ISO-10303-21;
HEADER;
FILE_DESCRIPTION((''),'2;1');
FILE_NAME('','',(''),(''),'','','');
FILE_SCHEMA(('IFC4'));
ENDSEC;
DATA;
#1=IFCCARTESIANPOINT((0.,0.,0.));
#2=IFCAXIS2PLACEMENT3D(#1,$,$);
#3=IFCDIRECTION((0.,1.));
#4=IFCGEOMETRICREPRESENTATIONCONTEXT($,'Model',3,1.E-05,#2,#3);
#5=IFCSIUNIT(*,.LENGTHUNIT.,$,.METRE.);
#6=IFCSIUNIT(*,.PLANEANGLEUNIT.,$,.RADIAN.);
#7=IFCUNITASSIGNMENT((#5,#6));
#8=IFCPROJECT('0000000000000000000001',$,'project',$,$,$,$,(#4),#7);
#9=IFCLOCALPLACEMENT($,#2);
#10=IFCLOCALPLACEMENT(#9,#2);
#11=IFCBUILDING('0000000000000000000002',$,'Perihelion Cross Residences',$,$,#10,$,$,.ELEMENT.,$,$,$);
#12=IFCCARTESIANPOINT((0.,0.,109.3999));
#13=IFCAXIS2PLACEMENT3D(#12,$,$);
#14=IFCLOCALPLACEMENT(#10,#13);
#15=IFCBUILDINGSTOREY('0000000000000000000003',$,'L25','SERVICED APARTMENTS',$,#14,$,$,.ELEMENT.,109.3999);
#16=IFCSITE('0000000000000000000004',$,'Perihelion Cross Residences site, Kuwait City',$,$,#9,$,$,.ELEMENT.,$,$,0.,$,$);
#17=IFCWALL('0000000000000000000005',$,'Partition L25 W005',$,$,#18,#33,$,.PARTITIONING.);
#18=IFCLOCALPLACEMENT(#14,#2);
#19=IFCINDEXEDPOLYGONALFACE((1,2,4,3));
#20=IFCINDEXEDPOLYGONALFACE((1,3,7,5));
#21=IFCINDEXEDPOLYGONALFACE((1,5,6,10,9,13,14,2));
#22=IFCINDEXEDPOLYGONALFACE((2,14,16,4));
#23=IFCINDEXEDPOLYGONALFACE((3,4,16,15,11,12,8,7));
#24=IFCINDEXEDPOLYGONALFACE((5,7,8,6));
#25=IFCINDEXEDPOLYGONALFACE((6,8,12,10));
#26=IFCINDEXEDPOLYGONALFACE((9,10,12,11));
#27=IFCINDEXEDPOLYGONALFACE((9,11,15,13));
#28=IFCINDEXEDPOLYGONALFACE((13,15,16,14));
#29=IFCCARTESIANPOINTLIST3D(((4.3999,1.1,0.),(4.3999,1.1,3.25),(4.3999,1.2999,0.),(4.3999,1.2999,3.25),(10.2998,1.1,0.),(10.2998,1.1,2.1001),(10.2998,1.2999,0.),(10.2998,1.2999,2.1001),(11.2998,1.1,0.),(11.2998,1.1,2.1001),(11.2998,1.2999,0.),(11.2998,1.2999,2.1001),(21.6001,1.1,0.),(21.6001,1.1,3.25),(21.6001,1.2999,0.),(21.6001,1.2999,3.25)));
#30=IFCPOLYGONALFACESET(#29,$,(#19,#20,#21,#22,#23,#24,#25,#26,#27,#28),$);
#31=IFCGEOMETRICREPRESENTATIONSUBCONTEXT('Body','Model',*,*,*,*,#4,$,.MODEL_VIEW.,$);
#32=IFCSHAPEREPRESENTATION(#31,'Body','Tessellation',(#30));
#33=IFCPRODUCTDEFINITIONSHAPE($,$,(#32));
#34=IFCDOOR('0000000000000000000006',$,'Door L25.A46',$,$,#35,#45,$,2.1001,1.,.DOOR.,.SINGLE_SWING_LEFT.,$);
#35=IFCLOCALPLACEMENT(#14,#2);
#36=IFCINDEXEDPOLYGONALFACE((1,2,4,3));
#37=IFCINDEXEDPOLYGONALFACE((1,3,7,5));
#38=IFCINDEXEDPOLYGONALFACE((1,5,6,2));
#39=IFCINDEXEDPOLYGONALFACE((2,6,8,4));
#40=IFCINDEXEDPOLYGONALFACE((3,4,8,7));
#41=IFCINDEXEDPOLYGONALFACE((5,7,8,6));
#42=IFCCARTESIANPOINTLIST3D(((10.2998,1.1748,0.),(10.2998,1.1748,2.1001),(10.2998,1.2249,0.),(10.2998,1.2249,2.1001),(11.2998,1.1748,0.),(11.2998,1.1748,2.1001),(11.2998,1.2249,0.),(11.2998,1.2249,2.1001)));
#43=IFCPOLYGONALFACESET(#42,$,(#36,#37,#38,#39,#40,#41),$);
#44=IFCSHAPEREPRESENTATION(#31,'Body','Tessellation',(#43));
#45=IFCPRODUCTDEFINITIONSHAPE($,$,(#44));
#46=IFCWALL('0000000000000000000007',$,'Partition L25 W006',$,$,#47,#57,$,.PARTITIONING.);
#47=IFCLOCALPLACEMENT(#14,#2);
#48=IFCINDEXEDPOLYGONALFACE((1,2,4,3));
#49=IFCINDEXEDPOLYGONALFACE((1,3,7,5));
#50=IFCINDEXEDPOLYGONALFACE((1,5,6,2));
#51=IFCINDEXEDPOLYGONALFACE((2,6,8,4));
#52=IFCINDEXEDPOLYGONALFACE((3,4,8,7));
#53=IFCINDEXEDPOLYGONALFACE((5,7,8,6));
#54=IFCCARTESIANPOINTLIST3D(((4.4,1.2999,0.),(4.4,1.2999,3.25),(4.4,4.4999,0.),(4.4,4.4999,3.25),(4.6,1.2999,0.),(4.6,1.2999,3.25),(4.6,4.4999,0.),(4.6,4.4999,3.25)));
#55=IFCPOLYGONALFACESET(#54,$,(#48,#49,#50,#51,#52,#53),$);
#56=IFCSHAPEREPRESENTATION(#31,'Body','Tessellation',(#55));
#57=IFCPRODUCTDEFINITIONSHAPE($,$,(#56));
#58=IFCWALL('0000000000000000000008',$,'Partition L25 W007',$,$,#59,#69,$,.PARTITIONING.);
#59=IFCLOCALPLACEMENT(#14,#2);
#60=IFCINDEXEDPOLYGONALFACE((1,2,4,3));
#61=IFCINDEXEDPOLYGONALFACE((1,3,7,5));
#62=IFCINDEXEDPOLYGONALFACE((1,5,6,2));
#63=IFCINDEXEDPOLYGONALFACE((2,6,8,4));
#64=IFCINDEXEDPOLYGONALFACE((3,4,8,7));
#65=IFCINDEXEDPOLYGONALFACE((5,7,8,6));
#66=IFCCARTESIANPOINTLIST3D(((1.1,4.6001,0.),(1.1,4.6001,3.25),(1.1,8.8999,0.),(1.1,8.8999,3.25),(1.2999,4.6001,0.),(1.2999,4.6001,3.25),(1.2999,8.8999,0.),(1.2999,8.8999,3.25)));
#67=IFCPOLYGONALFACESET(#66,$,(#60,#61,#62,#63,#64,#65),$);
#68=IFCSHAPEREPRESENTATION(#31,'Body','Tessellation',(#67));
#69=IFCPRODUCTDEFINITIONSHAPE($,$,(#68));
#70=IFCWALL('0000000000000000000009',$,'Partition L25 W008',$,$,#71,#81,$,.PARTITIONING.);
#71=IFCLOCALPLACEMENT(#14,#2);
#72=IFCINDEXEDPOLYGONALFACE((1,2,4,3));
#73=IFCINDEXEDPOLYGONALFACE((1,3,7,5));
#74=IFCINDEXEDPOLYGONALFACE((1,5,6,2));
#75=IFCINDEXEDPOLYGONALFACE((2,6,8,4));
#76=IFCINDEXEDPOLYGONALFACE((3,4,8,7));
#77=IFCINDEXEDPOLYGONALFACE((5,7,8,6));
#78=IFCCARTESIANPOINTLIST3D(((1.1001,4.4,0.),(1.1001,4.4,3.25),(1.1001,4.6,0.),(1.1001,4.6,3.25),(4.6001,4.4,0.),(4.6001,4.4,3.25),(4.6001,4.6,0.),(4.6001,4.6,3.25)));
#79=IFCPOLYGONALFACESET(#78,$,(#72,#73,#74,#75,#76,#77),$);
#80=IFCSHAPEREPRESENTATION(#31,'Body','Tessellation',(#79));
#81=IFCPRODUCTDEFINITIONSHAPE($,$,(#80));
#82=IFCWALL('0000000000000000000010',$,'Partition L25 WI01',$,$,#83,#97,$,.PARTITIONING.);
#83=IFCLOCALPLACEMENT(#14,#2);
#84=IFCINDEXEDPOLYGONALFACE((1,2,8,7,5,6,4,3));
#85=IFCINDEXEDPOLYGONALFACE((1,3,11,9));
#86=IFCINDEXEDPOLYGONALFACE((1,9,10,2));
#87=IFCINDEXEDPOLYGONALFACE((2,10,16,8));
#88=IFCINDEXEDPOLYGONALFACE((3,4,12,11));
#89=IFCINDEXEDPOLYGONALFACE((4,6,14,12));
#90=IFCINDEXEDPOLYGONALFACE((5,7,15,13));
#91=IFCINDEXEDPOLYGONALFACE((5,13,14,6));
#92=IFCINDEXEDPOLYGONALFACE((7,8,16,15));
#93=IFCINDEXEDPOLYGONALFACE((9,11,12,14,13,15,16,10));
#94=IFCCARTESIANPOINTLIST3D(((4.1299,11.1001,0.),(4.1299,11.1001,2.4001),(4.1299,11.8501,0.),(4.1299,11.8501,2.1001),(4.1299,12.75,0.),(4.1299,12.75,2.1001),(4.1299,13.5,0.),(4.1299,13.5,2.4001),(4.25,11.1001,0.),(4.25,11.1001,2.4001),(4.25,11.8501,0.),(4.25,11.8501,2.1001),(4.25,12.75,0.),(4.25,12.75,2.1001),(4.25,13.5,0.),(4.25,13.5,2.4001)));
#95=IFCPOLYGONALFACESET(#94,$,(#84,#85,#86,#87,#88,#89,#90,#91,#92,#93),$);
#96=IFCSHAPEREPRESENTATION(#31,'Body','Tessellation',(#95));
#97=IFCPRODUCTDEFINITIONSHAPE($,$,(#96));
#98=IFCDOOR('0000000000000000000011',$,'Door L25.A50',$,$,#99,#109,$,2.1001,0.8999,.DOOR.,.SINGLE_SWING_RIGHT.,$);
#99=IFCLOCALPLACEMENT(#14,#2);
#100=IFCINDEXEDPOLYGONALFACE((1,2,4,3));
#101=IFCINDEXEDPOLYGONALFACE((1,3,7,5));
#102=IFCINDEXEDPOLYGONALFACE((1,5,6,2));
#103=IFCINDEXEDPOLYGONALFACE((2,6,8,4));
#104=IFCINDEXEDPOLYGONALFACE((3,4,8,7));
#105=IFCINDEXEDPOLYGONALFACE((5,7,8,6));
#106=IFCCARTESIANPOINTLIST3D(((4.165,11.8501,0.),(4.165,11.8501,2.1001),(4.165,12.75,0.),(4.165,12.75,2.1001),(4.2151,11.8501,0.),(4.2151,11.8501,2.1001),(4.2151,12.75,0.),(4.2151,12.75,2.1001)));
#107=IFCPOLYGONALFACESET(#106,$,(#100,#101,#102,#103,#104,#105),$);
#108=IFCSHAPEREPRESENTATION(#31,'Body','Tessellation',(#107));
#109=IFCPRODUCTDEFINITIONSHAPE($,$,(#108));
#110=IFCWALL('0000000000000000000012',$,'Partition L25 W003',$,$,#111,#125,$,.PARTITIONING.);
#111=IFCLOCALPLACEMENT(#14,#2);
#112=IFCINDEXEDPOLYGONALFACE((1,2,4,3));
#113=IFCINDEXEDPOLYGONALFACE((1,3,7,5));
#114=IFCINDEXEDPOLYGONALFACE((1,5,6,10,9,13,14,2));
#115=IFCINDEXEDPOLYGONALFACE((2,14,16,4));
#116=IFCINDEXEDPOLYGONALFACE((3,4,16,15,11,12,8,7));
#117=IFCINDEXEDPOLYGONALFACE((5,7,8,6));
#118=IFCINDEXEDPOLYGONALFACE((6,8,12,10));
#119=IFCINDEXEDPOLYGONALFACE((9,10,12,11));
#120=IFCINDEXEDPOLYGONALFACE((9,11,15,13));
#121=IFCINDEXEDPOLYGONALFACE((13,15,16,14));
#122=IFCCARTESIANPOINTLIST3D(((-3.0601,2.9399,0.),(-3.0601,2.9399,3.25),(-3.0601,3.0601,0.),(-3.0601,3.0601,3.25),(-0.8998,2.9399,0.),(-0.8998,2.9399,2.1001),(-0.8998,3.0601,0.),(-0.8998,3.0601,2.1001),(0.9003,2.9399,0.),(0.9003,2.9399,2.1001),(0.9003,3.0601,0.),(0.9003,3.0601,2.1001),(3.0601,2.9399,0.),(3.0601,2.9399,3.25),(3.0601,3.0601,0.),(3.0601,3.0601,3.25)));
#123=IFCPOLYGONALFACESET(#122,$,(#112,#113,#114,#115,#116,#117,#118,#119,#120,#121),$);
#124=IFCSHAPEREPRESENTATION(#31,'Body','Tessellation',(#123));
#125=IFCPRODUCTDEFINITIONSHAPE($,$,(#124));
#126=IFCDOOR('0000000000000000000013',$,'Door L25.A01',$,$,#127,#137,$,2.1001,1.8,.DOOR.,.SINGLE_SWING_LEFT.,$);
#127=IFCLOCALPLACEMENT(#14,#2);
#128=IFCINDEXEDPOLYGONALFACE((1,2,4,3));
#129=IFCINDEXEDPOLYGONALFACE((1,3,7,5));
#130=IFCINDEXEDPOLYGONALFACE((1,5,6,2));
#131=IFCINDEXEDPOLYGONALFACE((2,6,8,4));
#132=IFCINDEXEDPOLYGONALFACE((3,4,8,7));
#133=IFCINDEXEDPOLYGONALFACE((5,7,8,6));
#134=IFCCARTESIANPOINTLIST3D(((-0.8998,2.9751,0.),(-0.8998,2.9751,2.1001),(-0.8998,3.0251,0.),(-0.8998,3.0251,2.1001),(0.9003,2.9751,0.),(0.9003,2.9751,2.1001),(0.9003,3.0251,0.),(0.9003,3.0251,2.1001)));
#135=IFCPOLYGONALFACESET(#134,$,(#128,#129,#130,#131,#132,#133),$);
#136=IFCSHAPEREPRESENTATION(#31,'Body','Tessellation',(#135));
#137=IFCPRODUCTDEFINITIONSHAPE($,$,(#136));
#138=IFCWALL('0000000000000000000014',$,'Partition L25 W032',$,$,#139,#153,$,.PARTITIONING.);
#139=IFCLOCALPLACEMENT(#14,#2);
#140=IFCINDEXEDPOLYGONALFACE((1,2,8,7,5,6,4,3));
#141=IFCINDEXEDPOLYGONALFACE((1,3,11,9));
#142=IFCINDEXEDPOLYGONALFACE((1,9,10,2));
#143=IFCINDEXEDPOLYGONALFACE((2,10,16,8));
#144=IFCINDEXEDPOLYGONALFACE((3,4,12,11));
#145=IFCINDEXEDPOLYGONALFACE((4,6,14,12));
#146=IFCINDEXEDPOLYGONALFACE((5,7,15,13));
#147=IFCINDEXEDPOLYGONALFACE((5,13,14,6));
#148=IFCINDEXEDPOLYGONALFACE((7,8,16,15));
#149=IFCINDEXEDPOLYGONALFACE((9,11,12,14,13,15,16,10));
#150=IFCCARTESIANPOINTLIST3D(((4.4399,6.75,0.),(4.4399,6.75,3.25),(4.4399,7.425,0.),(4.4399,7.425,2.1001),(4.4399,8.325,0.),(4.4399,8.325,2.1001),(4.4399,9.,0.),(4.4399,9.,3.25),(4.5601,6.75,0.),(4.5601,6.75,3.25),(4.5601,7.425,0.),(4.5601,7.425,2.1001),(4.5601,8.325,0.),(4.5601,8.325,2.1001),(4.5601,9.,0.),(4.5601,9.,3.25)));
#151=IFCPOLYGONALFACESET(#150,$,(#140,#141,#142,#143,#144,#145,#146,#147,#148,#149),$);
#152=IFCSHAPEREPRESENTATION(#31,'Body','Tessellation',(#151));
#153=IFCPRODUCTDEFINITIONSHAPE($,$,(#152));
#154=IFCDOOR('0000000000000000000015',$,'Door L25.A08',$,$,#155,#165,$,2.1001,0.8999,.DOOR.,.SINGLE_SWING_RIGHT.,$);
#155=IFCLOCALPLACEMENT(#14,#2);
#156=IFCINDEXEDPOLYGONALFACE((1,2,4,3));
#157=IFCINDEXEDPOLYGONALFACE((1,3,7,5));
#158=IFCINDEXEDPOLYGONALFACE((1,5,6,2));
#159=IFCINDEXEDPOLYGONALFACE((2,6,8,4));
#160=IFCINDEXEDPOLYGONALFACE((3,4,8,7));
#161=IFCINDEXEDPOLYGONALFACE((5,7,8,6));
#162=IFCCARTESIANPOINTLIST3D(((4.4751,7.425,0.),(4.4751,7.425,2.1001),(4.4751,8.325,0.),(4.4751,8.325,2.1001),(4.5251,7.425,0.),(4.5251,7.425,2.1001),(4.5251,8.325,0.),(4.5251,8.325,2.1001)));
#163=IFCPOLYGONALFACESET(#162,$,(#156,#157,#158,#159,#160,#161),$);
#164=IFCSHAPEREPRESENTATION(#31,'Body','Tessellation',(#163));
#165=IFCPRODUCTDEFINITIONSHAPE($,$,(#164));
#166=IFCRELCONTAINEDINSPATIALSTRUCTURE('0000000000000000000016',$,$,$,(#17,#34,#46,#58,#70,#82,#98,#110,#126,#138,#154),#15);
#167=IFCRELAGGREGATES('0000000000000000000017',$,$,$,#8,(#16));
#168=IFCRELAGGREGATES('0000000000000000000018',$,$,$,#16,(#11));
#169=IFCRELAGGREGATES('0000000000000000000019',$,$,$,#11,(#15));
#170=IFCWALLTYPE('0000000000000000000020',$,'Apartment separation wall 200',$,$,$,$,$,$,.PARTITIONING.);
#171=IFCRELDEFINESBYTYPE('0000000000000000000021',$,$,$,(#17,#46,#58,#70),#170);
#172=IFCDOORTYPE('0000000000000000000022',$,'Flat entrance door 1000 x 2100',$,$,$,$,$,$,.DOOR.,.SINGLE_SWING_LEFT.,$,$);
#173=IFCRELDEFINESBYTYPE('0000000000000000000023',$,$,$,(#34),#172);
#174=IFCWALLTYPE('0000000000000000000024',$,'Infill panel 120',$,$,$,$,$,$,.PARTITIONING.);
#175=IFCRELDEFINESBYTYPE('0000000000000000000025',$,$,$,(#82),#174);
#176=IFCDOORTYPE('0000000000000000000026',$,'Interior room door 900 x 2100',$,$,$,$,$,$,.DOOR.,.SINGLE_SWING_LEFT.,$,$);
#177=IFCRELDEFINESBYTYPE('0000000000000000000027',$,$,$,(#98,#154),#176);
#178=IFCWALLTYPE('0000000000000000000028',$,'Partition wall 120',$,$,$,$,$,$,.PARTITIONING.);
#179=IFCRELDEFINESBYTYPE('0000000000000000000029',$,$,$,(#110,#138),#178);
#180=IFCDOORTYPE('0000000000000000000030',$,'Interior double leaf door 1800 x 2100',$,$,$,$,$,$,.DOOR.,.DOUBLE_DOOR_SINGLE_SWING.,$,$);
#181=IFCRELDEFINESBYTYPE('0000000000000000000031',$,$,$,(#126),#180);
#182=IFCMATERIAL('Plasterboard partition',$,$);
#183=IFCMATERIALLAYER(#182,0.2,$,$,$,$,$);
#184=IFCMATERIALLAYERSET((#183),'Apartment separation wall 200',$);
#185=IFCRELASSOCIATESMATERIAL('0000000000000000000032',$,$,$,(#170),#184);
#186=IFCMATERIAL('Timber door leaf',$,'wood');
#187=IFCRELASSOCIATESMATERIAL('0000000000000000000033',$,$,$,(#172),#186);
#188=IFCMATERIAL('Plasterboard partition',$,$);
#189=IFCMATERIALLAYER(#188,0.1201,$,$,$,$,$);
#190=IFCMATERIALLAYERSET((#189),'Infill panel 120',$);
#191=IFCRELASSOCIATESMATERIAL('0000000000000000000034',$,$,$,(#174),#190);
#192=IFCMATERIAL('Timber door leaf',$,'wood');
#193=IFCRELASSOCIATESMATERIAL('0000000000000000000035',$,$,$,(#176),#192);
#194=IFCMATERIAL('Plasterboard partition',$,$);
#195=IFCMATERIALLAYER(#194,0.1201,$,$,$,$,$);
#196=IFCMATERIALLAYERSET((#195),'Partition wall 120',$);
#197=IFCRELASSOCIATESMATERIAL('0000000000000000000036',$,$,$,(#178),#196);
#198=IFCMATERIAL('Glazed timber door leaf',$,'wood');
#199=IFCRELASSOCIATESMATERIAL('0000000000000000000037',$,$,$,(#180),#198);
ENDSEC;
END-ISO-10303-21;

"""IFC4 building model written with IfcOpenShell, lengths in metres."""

from ifc_helpers import new_model, si_unit, direction, frame, frame_2d, origin, place, context, subcontext, project, spatial, rectangle, extrude, material, layer, layer_set, type_object, element, fill, save


model = new_model("IFC4")

# Units and contexts
model_context = context("Model", 3, precision=1e-05, world=origin(), true_north=direction((0.0, 1.0)))
body_context = subcontext(model_context, "Body", "Model", "MODEL_VIEW")
ifc_project = project(units=[si_unit("LENGTHUNIT", "METRE"), si_unit("PLANEANGLEUNIT", "RADIAN")], contexts=[model_context])

# Site, building, storey
site_placement = place(None, origin())
site = spatial("IfcSite", under=ifc_project, at=site_placement, Name="Perihelion Cross Residences site, Kuwait City", CompositionType="ELEMENT", RefElevation=0.0)
building_placement = place(site_placement, origin())
building = spatial("IfcBuilding", under=site, at=building_placement, Name="Perihelion Cross Residences", CompositionType="ELEMENT")
storey_placement = place(building_placement, frame((0.0, 0.0, 109.3999)))
storey = spatial("IfcBuildingStorey", under=building, at=storey_placement, Name="L25", Description="SERVICED APARTMENTS", CompositionType="ELEMENT", Elevation=109.3999)

# Wall, opening, door
ifc_material_1 = material(Name="Plasterboard partition")
ifc_layer_1 = layer(ifc_material_1, 0.2)
ifc_layer_set_1 = layer_set([ifc_layer_1], Name="Apartment separation wall 200")
wall_type_1 = type_object("IfcWallType", Name="Apartment separation wall 200", PredefinedType="PARTITIONING", material=ifc_layer_set_1)
wall_1_placement = place(storey_placement, frame((4.3999, 1.2, 0.0), z_axis=(0.0, 0.0, 1.0), x_axis=(1.0, 0.0, 0.0)))
wall_1 = element("IfcWall", 1, at=wall_1_placement, inside=storey, type_object=wall_type_1, Name="Partition L25 W005", PredefinedType="PARTITIONING", context=body_context, shape_type="SweptSolid", body=[
    extrude(rectangle(XDim=17.2002, YDim=0.2, at=frame_2d((8.6001, 0.0))), origin(), (0.0, 0.0, 1.0), 3.25),
])
opening_1_placement = place(wall_1_placement, frame((5.8999, 0.0, 0.0)))
opening_1 = element("IfcOpeningElement", 2, at=opening_1_placement, cuts=wall_1, PredefinedType="OPENING", context=body_context, shape_type="SweptSolid", body=[
    extrude(rectangle(XDim=1.0, YDim=2.1001, at=frame_2d((0.5, 1.05))), frame((0.0, 0.1099, 0.0), z_axis=(0.0, -1.0, 0.0), x_axis=(1.0, 0.0, 0.0)), (0.0, 0.0, 1.0), 0.22),
])
ifc_material_2 = material(Name="Timber door leaf", Category="wood")
door_type_1 = type_object("IfcDoorType", Name="Flat entrance door 1000 x 2100", OperationType="SINGLE_SWING_LEFT", PredefinedType="DOOR", material=ifc_material_2)
door_1_placement = place(opening_1_placement, origin())
door_1 = element("IfcDoor", 3, at=door_1_placement, inside=storey, type_object=door_type_1, Name="Door L25.A46", OperationType="SINGLE_SWING_LEFT", OverallHeight=2.1001, OverallWidth=1.0, PredefinedType="DOOR", context=body_context, shape_type="SweptSolid", body=[
    extrude(rectangle(XDim=1.0, YDim=2.1001, at=frame_2d((0.5, 1.05))), frame((0.0, 0.0249, 0.0), z_axis=(0.0, -1.0, 0.0), x_axis=(1.0, 0.0, 0.0)), (0.0, 0.0, 1.0), 0.05),
])
fill(opening_1, door_1)

# Walls
wall_2_placement = place(storey_placement, frame((4.5, 4.5, 0.0), z_axis=(0.0, 0.0, 1.0), x_axis=(0.0, -1.0, 0.0)))
element("IfcWall", 4, at=wall_2_placement, inside=storey, type_object=wall_type_1, Name="Partition L25 W006", PredefinedType="PARTITIONING", context=body_context, shape_type="SweptSolid", body=[
    extrude(rectangle(XDim=3.2, YDim=0.2, at=frame_2d((1.6001, 0.0))), origin(), (0.0, 0.0, 1.0), 3.25),
])
wall_3_placement = place(storey_placement, frame((1.2, 8.8999, 0.0), z_axis=(0.0, 0.0, 1.0), x_axis=(0.0, -1.0, 0.0)))
element("IfcWall", 5, at=wall_3_placement, inside=storey, type_object=wall_type_1, Name="Partition L25 W007", PredefinedType="PARTITIONING", context=body_context, shape_type="SweptSolid", body=[
    extrude(rectangle(XDim=4.2998, YDim=0.2, at=frame_2d((2.1499, 0.0))), origin(), (0.0, 0.0, 1.0), 3.25),
])
wall_4_placement = place(storey_placement, frame((1.1001, 4.5, 0.0), z_axis=(0.0, 0.0, 1.0), x_axis=(1.0, 0.0, 0.0)))
element("IfcWall", 6, at=wall_4_placement, inside=storey, type_object=wall_type_1, Name="Partition L25 W008", PredefinedType="PARTITIONING", context=body_context, shape_type="SweptSolid", body=[
    extrude(rectangle(XDim=3.5, YDim=0.2, at=frame_2d((1.75, 0.0))), origin(), (0.0, 0.0, 1.0), 3.25),
])

# Walls, openings, doors
ifc_material_3 = material(Name="Plasterboard partition")
ifc_layer_2 = layer(ifc_material_3, 0.1201)
ifc_layer_set_2 = layer_set([ifc_layer_2], Name="Infill panel 120")
wall_type_2 = type_object("IfcWallType", Name="Infill panel 120", PredefinedType="PARTITIONING", material=ifc_layer_set_2)
wall_5_placement = place(storey_placement, frame((4.1899, 11.1001, 0.0), z_axis=(0.0, 0.0, 1.0), x_axis=(0.0, 1.0, 0.0)))
wall_5 = element("IfcWall", 7, at=wall_5_placement, inside=storey, type_object=wall_type_2, Name="Partition L25 WI01", PredefinedType="PARTITIONING", context=body_context, shape_type="SweptSolid", body=[
    extrude(rectangle(XDim=2.3999, YDim=0.1201, at=frame_2d((1.2, 0.0))), origin(), (0.0, 0.0, 1.0), 2.4001),
])
opening_2_placement = place(wall_5_placement, frame((0.75, 0.0, 0.0)))
opening_2 = element("IfcOpeningElement", 8, at=opening_2_placement, cuts=wall_5, PredefinedType="OPENING", context=body_context, shape_type="SweptSolid", body=[
    extrude(rectangle(XDim=0.8999, YDim=2.1001, at=frame_2d((0.45, 1.05))), frame((0.0, 0.0701, 0.0), z_axis=(0.0, -1.0, 0.0), x_axis=(1.0, 0.0, 0.0)), (0.0, 0.0, 1.0), 0.1401),
])
ifc_material_4 = material(Name="Timber door leaf", Category="wood")
door_type_2 = type_object("IfcDoorType", Name="Interior room door 900 x 2100", OperationType="SINGLE_SWING_LEFT", PredefinedType="DOOR", material=ifc_material_4)
door_2_placement = place(opening_2_placement, origin())
door_2 = element("IfcDoor", 9, at=door_2_placement, inside=storey, type_object=door_type_2, Name="Door L25.A50", OperationType="SINGLE_SWING_RIGHT", OverallHeight=2.1001, OverallWidth=0.8999, PredefinedType="DOOR", context=body_context, shape_type="SweptSolid", body=[
    extrude(rectangle(XDim=0.8999, YDim=2.1001, at=frame_2d((0.45, 1.05))), frame((0.0, 0.0249, 0.0), z_axis=(0.0, -1.0, 0.0), x_axis=(1.0, 0.0, 0.0)), (0.0, 0.0, 1.0), 0.05),
])
fill(opening_2, door_2)
ifc_material_5 = material(Name="Plasterboard partition")
ifc_layer_3 = layer(ifc_material_5, 0.1201)
ifc_layer_set_3 = layer_set([ifc_layer_3], Name="Partition wall 120")
wall_type_3 = type_object("IfcWallType", Name="Partition wall 120", PredefinedType="PARTITIONING", material=ifc_layer_set_3)
wall_6_placement = place(storey_placement, frame((3.0601, 3.0, 0.0), z_axis=(0.0, 0.0, 1.0), x_axis=(-1.0, 0.0, 0.0)))
wall_6 = element("IfcWall", 10, at=wall_6_placement, inside=storey, type_object=wall_type_3, Name="Partition L25 W003", PredefinedType="PARTITIONING", context=body_context, shape_type="SweptSolid", body=[
    extrude(rectangle(XDim=6.1201, YDim=0.1201, at=frame_2d((3.0601, 0.0))), origin(), (0.0, 0.0, 1.0), 3.25),
])
opening_3_placement = place(wall_6_placement, frame((2.1599, 0.0, 0.0)))
opening_3 = element("IfcOpeningElement", 11, at=opening_3_placement, cuts=wall_6, PredefinedType="OPENING", context=body_context, shape_type="SweptSolid", body=[
    extrude(rectangle(XDim=1.8, YDim=2.1001, at=frame_2d((0.8999, 1.05))), frame((0.0, 0.0701, 0.0), z_axis=(0.0, -1.0, 0.0), x_axis=(1.0, 0.0, 0.0)), (0.0, 0.0, 1.0), 0.1401),
])
ifc_material_6 = material(Name="Glazed timber door leaf", Category="wood")
door_type_3 = type_object("IfcDoorType", Name="Interior double leaf door 1800 x 2100", OperationType="DOUBLE_DOOR_SINGLE_SWING", PredefinedType="DOOR", material=ifc_material_6)
door_3_placement = place(opening_3_placement, origin())
door_3 = element("IfcDoor", 12, at=door_3_placement, inside=storey, type_object=door_type_3, Name="Door L25.A01", OperationType="SINGLE_SWING_LEFT", OverallHeight=2.1001, OverallWidth=1.8, PredefinedType="DOOR", context=body_context, shape_type="SweptSolid", body=[
    extrude(rectangle(XDim=1.8, YDim=2.1001, at=frame_2d((0.8999, 1.05))), frame((0.0, 0.0249, 0.0), z_axis=(0.0, -1.0, 0.0), x_axis=(1.0, 0.0, 0.0)), (0.0, 0.0, 1.0), 0.05),
])
fill(opening_3, door_3)
wall_7_placement = place(storey_placement, frame((4.5, 6.75, 0.0), z_axis=(0.0, 0.0, 1.0), x_axis=(0.0, 1.0, 0.0)))
wall_7 = element("IfcWall", 13, at=wall_7_placement, inside=storey, type_object=wall_type_3, Name="Partition L25 W032", PredefinedType="PARTITIONING", context=body_context, shape_type="SweptSolid", body=[
    extrude(rectangle(XDim=2.25, YDim=0.1201, at=frame_2d((1.125, 0.0))), origin(), (0.0, 0.0, 1.0), 3.25),
])
opening_4_placement = place(wall_7_placement, frame((0.675, 0.0, 0.0)))
opening_4 = element("IfcOpeningElement", 14, at=opening_4_placement, cuts=wall_7, PredefinedType="OPENING", context=body_context, shape_type="SweptSolid", body=[
    extrude(rectangle(XDim=0.8999, YDim=2.1001, at=frame_2d((0.45, 1.05))), frame((0.0, 0.0701, 0.0), z_axis=(0.0, -1.0, 0.0), x_axis=(1.0, 0.0, 0.0)), (0.0, 0.0, 1.0), 0.1401),
])
door_4_placement = place(opening_4_placement, origin())
door_4 = element("IfcDoor", 15, at=door_4_placement, inside=storey, type_object=door_type_2, Name="Door L25.A08", OperationType="SINGLE_SWING_RIGHT", OverallHeight=2.1001, OverallWidth=0.8999, PredefinedType="DOOR", context=body_context, shape_type="SweptSolid", body=[
    extrude(rectangle(XDim=0.8999, YDim=2.1001, at=frame_2d((0.45, 1.05))), frame((0.0, 0.0249, 0.0), z_axis=(0.0, -1.0, 0.0), x_axis=(1.0, 0.0, 0.0)), (0.0, 0.0, 1.0), 0.05),
])
fill(opening_4, door_4)

save(model, "model.ifc")
